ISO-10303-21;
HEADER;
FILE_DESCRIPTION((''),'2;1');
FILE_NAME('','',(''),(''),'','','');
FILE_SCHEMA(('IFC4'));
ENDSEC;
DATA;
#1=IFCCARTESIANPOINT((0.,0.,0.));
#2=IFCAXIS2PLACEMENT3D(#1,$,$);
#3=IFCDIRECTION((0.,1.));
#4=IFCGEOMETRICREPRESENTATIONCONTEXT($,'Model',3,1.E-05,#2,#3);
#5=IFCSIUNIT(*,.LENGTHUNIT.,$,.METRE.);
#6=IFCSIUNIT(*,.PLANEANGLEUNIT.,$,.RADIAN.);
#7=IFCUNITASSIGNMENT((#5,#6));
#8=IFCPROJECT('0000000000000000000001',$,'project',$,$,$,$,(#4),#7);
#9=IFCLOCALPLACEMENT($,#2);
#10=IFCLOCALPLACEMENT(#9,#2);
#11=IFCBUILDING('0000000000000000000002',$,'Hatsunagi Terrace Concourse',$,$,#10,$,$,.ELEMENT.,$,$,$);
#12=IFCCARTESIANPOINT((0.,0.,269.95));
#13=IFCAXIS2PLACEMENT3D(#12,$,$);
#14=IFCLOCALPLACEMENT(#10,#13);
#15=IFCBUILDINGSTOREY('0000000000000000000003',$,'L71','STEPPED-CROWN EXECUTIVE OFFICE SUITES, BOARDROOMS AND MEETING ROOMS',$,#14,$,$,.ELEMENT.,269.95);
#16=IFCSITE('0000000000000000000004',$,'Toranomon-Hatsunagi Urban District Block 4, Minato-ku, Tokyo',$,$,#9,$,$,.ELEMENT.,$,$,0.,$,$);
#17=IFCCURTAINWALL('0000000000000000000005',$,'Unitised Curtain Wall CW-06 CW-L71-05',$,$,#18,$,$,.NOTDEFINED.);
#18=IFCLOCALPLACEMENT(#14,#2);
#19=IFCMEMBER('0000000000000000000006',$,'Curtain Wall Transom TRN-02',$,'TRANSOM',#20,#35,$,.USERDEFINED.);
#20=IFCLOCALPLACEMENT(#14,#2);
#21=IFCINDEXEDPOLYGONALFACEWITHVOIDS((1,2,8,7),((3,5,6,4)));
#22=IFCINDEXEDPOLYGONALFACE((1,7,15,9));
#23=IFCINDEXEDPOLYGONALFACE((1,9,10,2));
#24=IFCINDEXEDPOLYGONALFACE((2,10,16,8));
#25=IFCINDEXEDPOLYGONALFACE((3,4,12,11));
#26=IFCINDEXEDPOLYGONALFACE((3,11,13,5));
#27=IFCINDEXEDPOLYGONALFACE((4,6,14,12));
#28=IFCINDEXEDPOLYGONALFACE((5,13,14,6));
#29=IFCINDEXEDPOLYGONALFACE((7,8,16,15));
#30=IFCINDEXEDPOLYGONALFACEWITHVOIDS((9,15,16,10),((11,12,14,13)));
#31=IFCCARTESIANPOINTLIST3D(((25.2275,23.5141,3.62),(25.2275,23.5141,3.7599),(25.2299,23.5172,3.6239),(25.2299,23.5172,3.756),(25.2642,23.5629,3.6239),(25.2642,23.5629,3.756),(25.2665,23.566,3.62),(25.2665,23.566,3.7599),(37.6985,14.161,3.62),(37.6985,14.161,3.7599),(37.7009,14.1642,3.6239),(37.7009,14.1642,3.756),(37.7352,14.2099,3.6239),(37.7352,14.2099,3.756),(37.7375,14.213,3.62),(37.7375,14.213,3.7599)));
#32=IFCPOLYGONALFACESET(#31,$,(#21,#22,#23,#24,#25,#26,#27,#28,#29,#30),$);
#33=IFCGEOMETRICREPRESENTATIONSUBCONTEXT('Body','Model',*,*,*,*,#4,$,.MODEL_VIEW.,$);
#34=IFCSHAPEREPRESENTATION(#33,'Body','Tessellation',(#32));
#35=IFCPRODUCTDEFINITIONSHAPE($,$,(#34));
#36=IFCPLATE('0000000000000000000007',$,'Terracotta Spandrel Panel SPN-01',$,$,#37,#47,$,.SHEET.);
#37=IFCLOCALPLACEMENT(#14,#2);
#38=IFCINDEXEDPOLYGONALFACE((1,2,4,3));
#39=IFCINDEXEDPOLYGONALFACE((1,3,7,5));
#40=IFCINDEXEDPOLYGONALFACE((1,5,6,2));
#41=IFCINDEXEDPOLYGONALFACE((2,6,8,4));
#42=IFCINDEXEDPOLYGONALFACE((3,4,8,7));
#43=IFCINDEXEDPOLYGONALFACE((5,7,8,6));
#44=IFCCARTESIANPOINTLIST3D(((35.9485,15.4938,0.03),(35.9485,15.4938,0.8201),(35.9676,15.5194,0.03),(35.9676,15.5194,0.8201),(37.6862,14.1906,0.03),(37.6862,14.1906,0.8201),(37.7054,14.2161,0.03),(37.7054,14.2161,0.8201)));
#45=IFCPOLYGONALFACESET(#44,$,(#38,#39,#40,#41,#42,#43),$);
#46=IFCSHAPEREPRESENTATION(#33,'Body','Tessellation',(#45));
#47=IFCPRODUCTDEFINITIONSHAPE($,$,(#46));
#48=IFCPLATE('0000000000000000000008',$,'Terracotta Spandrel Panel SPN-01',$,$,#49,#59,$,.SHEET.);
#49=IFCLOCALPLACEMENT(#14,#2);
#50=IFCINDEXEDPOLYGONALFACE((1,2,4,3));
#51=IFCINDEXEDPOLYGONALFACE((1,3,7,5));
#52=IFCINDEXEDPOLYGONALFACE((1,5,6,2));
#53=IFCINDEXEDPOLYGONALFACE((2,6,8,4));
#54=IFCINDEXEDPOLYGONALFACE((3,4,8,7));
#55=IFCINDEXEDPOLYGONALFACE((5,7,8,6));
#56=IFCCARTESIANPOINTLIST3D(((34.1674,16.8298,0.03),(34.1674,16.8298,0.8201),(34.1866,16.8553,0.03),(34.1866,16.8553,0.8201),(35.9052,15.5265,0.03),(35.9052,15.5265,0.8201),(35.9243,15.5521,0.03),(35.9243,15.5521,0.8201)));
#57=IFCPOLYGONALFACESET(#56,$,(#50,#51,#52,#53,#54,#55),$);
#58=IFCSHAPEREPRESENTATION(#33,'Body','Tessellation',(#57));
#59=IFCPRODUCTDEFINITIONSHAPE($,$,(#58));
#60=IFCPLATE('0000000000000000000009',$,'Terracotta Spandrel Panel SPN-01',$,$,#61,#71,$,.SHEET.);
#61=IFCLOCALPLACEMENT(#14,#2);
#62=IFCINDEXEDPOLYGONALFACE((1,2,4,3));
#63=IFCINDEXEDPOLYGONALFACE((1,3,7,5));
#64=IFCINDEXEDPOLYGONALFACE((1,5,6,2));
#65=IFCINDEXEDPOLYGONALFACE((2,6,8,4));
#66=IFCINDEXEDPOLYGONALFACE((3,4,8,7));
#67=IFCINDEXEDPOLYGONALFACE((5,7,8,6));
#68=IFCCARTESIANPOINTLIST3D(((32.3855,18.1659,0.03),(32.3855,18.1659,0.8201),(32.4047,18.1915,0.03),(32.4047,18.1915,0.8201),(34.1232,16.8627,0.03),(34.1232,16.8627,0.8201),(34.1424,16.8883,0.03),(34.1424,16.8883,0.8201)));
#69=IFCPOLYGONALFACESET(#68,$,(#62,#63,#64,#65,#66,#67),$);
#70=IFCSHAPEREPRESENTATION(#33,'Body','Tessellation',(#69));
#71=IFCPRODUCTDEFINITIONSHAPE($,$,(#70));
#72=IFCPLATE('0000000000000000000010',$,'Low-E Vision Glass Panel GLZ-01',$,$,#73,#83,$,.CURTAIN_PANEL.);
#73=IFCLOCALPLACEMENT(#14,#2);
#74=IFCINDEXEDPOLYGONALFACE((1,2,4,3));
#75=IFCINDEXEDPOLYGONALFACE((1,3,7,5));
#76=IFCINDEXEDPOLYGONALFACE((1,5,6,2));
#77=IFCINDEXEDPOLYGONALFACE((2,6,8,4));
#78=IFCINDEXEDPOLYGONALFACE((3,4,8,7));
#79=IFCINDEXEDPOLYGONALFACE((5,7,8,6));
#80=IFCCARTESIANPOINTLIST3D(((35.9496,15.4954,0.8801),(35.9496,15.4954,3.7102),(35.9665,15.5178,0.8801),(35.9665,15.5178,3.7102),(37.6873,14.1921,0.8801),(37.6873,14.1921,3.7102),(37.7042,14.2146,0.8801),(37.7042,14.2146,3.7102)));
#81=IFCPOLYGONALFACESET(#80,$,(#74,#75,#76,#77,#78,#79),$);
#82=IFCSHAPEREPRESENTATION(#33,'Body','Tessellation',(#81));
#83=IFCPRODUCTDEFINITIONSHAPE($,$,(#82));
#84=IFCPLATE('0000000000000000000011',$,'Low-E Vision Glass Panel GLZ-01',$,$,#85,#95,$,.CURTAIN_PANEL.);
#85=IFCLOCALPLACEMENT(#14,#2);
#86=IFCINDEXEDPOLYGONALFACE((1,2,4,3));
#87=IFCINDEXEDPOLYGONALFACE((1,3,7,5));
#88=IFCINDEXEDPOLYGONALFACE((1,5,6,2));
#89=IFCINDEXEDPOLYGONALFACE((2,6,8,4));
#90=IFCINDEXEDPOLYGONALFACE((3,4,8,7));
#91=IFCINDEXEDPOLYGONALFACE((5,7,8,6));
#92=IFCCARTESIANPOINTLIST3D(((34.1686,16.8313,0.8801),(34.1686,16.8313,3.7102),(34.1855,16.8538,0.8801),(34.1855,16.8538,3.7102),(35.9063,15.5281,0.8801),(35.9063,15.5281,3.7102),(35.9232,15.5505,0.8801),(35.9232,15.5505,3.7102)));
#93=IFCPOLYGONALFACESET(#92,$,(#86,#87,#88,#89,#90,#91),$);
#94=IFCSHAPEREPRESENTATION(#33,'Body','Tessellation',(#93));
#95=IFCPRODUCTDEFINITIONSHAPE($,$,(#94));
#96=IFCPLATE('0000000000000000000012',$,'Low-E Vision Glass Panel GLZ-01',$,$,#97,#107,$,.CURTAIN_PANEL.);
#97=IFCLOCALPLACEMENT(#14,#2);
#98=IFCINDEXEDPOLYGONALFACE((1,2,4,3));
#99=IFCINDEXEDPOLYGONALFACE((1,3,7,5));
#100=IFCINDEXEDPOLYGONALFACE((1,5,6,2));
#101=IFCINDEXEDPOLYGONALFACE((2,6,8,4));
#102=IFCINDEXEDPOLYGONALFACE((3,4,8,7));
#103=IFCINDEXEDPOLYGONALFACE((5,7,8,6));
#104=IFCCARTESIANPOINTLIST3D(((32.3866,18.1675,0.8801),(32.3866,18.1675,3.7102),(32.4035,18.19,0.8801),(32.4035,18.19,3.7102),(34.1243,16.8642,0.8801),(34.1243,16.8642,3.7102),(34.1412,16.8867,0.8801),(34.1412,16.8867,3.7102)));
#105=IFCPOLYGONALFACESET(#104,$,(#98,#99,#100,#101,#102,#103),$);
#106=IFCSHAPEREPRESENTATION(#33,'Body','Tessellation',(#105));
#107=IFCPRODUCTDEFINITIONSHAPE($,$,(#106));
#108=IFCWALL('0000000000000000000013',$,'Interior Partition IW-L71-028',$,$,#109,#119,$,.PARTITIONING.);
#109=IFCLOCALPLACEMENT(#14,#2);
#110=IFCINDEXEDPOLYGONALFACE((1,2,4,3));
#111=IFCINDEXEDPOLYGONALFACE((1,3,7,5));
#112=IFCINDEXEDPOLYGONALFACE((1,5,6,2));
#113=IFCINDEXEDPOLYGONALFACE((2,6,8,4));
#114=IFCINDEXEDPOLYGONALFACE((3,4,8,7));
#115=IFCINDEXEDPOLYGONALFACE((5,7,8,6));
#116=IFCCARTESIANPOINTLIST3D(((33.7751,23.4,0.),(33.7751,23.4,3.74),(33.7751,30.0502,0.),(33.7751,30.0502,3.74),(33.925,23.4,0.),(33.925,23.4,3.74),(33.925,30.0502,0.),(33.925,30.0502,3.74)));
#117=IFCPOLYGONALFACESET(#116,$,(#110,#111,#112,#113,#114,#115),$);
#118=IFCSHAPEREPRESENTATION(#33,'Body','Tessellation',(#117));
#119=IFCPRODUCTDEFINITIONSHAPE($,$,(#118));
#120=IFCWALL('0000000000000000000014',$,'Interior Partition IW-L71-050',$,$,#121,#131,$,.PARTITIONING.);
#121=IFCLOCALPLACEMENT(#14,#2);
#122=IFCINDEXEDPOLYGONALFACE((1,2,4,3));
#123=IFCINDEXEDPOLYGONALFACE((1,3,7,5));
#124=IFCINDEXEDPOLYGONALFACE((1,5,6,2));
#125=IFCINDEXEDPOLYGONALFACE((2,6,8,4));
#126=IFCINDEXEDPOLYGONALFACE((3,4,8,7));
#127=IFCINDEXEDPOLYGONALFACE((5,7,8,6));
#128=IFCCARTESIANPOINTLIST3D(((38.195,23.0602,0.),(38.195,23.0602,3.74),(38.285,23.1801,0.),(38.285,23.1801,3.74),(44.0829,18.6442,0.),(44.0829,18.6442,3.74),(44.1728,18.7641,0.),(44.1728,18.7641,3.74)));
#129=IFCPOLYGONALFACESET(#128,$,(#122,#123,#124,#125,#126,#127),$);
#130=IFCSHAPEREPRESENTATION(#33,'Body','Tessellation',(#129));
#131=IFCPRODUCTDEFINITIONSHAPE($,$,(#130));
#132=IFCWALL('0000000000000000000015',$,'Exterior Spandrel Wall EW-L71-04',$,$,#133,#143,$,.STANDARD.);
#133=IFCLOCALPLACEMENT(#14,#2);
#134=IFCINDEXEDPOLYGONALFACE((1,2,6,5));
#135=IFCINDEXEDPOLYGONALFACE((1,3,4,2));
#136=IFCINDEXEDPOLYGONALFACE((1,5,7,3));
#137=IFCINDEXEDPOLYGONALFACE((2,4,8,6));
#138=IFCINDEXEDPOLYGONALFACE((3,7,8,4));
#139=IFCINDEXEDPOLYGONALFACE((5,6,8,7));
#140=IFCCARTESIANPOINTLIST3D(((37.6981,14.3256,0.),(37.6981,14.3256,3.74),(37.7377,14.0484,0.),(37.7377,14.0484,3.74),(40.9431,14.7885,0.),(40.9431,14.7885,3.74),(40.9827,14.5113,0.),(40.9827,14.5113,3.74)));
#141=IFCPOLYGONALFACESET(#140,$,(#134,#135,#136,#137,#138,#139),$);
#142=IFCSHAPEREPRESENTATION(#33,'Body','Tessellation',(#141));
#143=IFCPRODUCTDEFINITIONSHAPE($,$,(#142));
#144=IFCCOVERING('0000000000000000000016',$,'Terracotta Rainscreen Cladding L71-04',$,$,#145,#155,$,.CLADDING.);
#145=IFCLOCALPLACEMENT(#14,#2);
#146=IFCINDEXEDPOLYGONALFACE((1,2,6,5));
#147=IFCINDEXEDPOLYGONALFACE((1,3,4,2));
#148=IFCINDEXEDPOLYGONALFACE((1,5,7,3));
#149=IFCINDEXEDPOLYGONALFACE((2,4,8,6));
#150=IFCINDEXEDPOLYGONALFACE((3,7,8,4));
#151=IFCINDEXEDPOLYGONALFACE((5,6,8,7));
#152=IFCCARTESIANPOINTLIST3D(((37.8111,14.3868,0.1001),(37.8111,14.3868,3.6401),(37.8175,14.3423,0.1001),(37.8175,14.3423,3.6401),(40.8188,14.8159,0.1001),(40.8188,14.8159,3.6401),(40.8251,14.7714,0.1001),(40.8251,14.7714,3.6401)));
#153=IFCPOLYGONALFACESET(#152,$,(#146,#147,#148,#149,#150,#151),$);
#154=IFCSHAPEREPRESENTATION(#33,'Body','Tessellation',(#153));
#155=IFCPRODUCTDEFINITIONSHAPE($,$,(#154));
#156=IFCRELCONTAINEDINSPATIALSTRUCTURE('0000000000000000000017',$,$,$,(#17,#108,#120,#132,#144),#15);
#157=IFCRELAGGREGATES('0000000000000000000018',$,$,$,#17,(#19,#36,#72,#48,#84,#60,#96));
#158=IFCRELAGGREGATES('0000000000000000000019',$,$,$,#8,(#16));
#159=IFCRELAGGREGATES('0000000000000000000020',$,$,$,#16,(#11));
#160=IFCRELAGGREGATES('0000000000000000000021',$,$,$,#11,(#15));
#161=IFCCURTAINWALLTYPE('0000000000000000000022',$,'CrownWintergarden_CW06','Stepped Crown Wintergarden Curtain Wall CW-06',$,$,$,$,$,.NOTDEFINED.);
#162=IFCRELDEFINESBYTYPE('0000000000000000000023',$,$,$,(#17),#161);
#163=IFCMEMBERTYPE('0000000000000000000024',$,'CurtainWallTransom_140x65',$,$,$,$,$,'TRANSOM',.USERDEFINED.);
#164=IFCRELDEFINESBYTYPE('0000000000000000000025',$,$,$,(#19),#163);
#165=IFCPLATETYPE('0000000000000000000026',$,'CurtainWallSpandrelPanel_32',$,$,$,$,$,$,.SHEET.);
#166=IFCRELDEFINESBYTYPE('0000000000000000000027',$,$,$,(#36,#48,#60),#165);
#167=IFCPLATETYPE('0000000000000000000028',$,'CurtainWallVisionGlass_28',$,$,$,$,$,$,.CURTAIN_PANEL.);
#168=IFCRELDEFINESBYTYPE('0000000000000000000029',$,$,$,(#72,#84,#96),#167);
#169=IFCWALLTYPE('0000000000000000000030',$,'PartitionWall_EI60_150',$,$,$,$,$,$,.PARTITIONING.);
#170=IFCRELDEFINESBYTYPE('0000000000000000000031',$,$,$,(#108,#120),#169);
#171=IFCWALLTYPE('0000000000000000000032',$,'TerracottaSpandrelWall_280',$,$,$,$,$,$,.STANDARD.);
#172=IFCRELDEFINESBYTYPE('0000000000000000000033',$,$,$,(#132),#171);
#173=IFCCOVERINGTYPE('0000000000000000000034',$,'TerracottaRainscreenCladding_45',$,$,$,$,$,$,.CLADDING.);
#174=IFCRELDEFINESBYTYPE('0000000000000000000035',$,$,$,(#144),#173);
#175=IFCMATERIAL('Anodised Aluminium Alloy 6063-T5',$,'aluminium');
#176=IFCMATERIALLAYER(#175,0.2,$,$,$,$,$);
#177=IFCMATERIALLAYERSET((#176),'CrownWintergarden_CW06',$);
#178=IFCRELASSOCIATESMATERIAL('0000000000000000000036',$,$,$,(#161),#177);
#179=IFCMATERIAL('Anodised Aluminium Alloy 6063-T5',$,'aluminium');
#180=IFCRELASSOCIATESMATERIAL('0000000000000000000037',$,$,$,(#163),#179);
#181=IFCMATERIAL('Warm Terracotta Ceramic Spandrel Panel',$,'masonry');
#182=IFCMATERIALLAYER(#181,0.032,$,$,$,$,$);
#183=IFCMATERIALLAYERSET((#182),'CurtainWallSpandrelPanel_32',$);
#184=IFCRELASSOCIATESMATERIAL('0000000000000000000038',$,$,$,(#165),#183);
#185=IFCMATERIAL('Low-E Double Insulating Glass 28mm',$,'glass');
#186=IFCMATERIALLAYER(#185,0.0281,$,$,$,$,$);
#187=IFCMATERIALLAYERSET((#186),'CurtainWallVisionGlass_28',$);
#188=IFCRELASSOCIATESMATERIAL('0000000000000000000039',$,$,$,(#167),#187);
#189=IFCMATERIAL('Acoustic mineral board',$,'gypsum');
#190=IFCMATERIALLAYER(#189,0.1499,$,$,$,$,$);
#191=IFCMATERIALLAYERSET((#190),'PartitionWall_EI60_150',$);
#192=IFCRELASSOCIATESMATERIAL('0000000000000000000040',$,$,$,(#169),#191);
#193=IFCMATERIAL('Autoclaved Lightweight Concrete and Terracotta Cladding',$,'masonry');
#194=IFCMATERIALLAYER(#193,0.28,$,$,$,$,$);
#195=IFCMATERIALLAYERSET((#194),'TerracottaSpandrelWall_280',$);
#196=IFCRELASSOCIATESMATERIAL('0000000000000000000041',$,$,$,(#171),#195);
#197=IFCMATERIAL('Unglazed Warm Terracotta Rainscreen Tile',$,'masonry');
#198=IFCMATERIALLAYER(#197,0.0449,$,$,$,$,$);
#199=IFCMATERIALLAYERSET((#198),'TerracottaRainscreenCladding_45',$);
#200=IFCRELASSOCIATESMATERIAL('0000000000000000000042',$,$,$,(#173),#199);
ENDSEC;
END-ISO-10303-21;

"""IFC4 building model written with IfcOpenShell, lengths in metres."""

from ifc_helpers import new_model, si_unit, direction, frame, frame_2d, origin, origin_2d, place, context, subcontext, project, spatial, rectangle, hollow_rectangle, extrude, material, layer, layer_set, material_profile, profile_set, type_object, element, aggregate, save


model = new_model("IFC4")

# Units and contexts
model_context = context("Model", 3, precision=1e-05, world=origin(), true_north=direction((0.0, 1.0)))
body_context = subcontext(model_context, "Body", "Model", "MODEL_VIEW")
ifc_project = project(units=[si_unit("LENGTHUNIT", "METRE"), si_unit("PLANEANGLEUNIT", "RADIAN")], contexts=[model_context])

# Site, building, storey
site_placement = place(None, origin())
site = spatial("IfcSite", under=ifc_project, at=site_placement, Name="Toranomon-Hatsunagi Urban District Block 4, Minato-ku, Tokyo", CompositionType="ELEMENT", RefElevation=0.0)
building_placement = place(site_placement, origin())
building = spatial("IfcBuilding", under=site, at=building_placement, Name="Hatsunagi Terrace Concourse", CompositionType="ELEMENT")
storey_placement = place(building_placement, frame((0.0, 0.0, 269.95)))
storey = spatial("IfcBuildingStorey", under=building, at=storey_placement, Name="L71", Description="STEPPED-CROWN EXECUTIVE OFFICE SUITES, BOARDROOMS AND MEETING ROOMS", CompositionType="ELEMENT", Elevation=269.95)

# Shared definitions
ifc_material_1 = material(Name="Anodised Aluminium Alloy 6063-T5", Category="aluminium")
ifc_layer_1 = layer(ifc_material_1, 0.2)
ifc_layer_set_1 = layer_set([ifc_layer_1], Name="CrownWintergarden_CW06")
curtain_wall_type = type_object("IfcCurtainWallType", Name="CrownWintergarden_CW06", Description="Stepped Crown Wintergarden Curtain Wall CW-06", PredefinedType="NOTDEFINED", material=ifc_layer_set_1)

# Curtain wall, member, plates
curtain_wall_1_placement = place(storey_placement, origin())
curtain_wall_1 = element("IfcCurtainWall", 1, at=curtain_wall_1_placement, inside=storey, type_object=curtain_wall_type, Name="Unitised Curtain Wall CW-06 CW-L71-05", PredefinedType="NOTDEFINED")
ifc_material_2 = material(Name="Anodised Aluminium Alloy 6063-T5", Category="aluminium")
ifc_material_profile_1 = material_profile(ifc_material_2, hollow_rectangle(XDim=0.0649, YDim=0.1399, WallThickness=0.0039, at=origin_2d()), Name="ALU-TRN-140x65x4")
ifc_profile_set_1 = profile_set([ifc_material_profile_1], Name="Anodised Aluminium Alloy 6063-T5")
member_type_1 = type_object("IfcMemberType", Name="CurtainWallTransom_140x65", ElementType="TRANSOM", PredefinedType="USERDEFINED", material=ifc_profile_set_1)
member_1_placement = place(storey_placement, frame((37.718, 14.187, 3.6899), z_axis=(-0.800006, 0.599992, 0.0), x_axis=(-0.599992, -0.800006, 0.0)))
member_1 = element("IfcMember", 2, at=member_1_placement, type_object=member_type_1, Name="Curtain Wall Transom TRN-02", ObjectType="TRANSOM", PredefinedType="USERDEFINED", context=body_context, shape_type="SweptSolid", body=[
    extrude(hollow_rectangle(XDim=0.0649, YDim=0.1399, WallThickness=0.0039, at=origin_2d()), origin(), (0.0, 0.0, 1.0), 15.5886),
])
ifc_material_3 = material(Name="Warm Terracotta Ceramic Spandrel Panel", Category="masonry")
ifc_layer_2 = layer(ifc_material_3, 0.032)
ifc_layer_set_2 = layer_set([ifc_layer_2], Name="CurtainWallSpandrelPanel_32")
plate_type_1 = type_object("IfcPlateType", Name="CurtainWallSpandrelPanel_32", PredefinedType="SHEET", material=ifc_layer_set_2)
plate_1_placement = place(storey_placement, frame((36.8269, 14.855, 0.03), z_axis=(0.0, 0.0, 1.0), x_axis=(-0.800007, 0.59999, 0.0)))
plate_1 = element("IfcPlate", 3, at=plate_1_placement, type_object=plate_type_1, Name="Terracotta Spandrel Panel SPN-01", PredefinedType="SHEET", context=body_context, shape_type="SweptSolid", body=[
    extrude(rectangle(XDim=2.1721, YDim=0.032, at=origin_2d()), origin(), (0.0, 0.0, 1.0), 0.79),
])
plate_2_placement = place(storey_placement, frame((35.0459, 16.1909, 0.03), z_axis=(0.0, 0.0, 1.0), x_axis=(-0.800007, 0.59999, 0.0)))
plate_2 = element("IfcPlate", 4, at=plate_2_placement, type_object=plate_type_1, Name="Terracotta Spandrel Panel SPN-01", PredefinedType="SHEET", context=body_context, shape_type="SweptSolid", body=[
    extrude(rectangle(XDim=2.1721, YDim=0.032, at=origin_2d()), origin(), (0.0, 0.0, 1.0), 0.79),
])
plate_3_placement = place(storey_placement, frame((33.2639, 17.5271, 0.03), z_axis=(0.0, 0.0, 1.0), x_axis=(-0.800007, 0.59999, 0.0)))
plate_3 = element("IfcPlate", 5, at=plate_3_placement, type_object=plate_type_1, Name="Terracotta Spandrel Panel SPN-01", PredefinedType="SHEET", context=body_context, shape_type="SweptSolid", body=[
    extrude(rectangle(XDim=2.1721, YDim=0.032, at=origin_2d()), origin(), (0.0, 0.0, 1.0), 0.79),
])
ifc_material_4 = material(Name="Low-E Double Insulating Glass 28mm", Category="glass")
ifc_layer_3 = layer(ifc_material_4, 0.0281)
ifc_layer_set_3 = layer_set([ifc_layer_3], Name="CurtainWallVisionGlass_28")
plate_type_2 = type_object("IfcPlateType", Name="CurtainWallVisionGlass_28", PredefinedType="CURTAIN_PANEL", material=ifc_layer_set_3)
plate_4_placement = place(storey_placement, frame((36.8269, 14.855, 0.8801), z_axis=(0.0, 0.0, 1.0), x_axis=(-0.800007, 0.59999, 0.0)))
plate_4 = element("IfcPlate", 6, at=plate_4_placement, type_object=plate_type_2, Name="Low-E Vision Glass Panel GLZ-01", PredefinedType="CURTAIN_PANEL", context=body_context, shape_type="SweptSolid", body=[
    extrude(rectangle(XDim=2.1721, YDim=0.0281, at=origin_2d()), origin(), (0.0, 0.0, 1.0), 2.8301),
])
plate_5_placement = place(storey_placement, frame((35.0459, 16.1909, 0.8801), z_axis=(0.0, 0.0, 1.0), x_axis=(-0.800007, 0.59999, 0.0)))
plate_5 = element("IfcPlate", 7, at=plate_5_placement, type_object=plate_type_2, Name="Low-E Vision Glass Panel GLZ-01", PredefinedType="CURTAIN_PANEL", context=body_context, shape_type="SweptSolid", body=[
    extrude(rectangle(XDim=2.1721, YDim=0.0281, at=origin_2d()), origin(), (0.0, 0.0, 1.0), 2.8301),
])
plate_6_placement = place(storey_placement, frame((33.2639, 17.5271, 0.8801), z_axis=(0.0, 0.0, 1.0), x_axis=(-0.800007, 0.59999, 0.0)))
plate_6 = element("IfcPlate", 8, at=plate_6_placement, type_object=plate_type_2, Name="Low-E Vision Glass Panel GLZ-01", PredefinedType="CURTAIN_PANEL", context=body_context, shape_type="SweptSolid", body=[
    extrude(rectangle(XDim=2.1721, YDim=0.0281, at=origin_2d()), origin(), (0.0, 0.0, 1.0), 2.8301),
])
aggregate(curtain_wall_1, [member_1, plate_1, plate_4, plate_2, plate_5, plate_3, plate_6])

# Walls
ifc_material_5 = material(Name="Acoustic mineral board", Category="gypsum")
ifc_layer_4 = layer(ifc_material_5, 0.1499)
ifc_layer_set_4 = layer_set([ifc_layer_4], Name="PartitionWall_EI60_150")
wall_type_1 = type_object("IfcWallType", Name="PartitionWall_EI60_150", PredefinedType="PARTITIONING", material=ifc_layer_set_4)
wall_1_placement = place(storey_placement, frame((33.8501, 23.3999, 0.0), z_axis=(0.0, 0.0, 1.0), x_axis=(0.0, 1.0, 0.0)))
element("IfcWall", 9, at=wall_1_placement, inside=storey, type_object=wall_type_1, Name="Interior Partition IW-L71-028", PredefinedType="PARTITIONING", context=body_context, shape_type="SweptSolid", body=[
    extrude(rectangle(XDim=6.6501, YDim=0.1499, at=frame_2d((3.3252, 0.0))), origin(), (0.0, 0.0, 1.0), 3.74),
])
wall_2_placement = place(storey_placement, frame((38.24, 23.1201, 0.0), z_axis=(0.0, 0.0, 1.0), x_axis=(0.799996, -0.600005, 0.0)))
element("IfcWall", 10, at=wall_2_placement, inside=storey, type_object=wall_type_1, Name="Interior Partition IW-L71-050", PredefinedType="PARTITIONING", context=body_context, shape_type="SweptSolid", body=[
    extrude(rectangle(XDim=7.3599, YDim=0.1499, at=frame_2d((3.6799, 0.0))), origin(), (0.0, 0.0, 1.0), 3.74),
])
ifc_material_6 = material(Name="Autoclaved Lightweight Concrete and Terracotta Cladding", Category="masonry")
ifc_layer_5 = layer(ifc_material_6, 0.28)
ifc_layer_set_5 = layer_set([ifc_layer_5], Name="TerracottaSpandrelWall_280")
wall_type_2 = type_object("IfcWallType", Name="TerracottaSpandrelWall_280", PredefinedType="STANDARD", material=ifc_layer_set_5)
wall_3_placement = place(storey_placement, frame((40.9629, 14.6499, 0.0), z_axis=(0.0, 0.0, 1.0), x_axis=(-0.989978, -0.141223, 0.0)))
element("IfcWall", 11, at=wall_3_placement, inside=storey, type_object=wall_type_2, Name="Exterior Spandrel Wall EW-L71-04", PredefinedType="STANDARD", context=body_context, shape_type="SweptSolid", body=[
    extrude(rectangle(XDim=3.2778, YDim=0.28, at=frame_2d((1.6389, 0.0))), origin(), (0.0, 0.0, 1.0), 3.74),
])

# Covering
ifc_material_7 = material(Name="Unglazed Warm Terracotta Rainscreen Tile", Category="masonry")
ifc_layer_6 = layer(ifc_material_7, 0.0449)
ifc_layer_set_6 = layer_set([ifc_layer_6], Name="TerracottaRainscreenCladding_45")
covering_type = type_object("IfcCoveringType", Name="TerracottaRainscreenCladding_45", PredefinedType="CLADDING", material=ifc_layer_set_6)
covering_placement = place(storey_placement, frame((39.3181, 14.5791, 0.1001), z_axis=(0.0, 0.0, 1.0), x_axis=(-0.989974, -0.14125, 0.0)))
element("IfcCovering", 12, at=covering_placement, inside=storey, type_object=covering_type, Name="Terracotta Rainscreen Cladding L71-04", PredefinedType="CLADDING", context=body_context, shape_type="SweptSolid", body=[
    extrude(rectangle(XDim=3.0381, YDim=0.0449, at=origin_2d()), origin(), (0.0, 0.0, 1.0), 3.54),
])

save(model, "model.ifc")
